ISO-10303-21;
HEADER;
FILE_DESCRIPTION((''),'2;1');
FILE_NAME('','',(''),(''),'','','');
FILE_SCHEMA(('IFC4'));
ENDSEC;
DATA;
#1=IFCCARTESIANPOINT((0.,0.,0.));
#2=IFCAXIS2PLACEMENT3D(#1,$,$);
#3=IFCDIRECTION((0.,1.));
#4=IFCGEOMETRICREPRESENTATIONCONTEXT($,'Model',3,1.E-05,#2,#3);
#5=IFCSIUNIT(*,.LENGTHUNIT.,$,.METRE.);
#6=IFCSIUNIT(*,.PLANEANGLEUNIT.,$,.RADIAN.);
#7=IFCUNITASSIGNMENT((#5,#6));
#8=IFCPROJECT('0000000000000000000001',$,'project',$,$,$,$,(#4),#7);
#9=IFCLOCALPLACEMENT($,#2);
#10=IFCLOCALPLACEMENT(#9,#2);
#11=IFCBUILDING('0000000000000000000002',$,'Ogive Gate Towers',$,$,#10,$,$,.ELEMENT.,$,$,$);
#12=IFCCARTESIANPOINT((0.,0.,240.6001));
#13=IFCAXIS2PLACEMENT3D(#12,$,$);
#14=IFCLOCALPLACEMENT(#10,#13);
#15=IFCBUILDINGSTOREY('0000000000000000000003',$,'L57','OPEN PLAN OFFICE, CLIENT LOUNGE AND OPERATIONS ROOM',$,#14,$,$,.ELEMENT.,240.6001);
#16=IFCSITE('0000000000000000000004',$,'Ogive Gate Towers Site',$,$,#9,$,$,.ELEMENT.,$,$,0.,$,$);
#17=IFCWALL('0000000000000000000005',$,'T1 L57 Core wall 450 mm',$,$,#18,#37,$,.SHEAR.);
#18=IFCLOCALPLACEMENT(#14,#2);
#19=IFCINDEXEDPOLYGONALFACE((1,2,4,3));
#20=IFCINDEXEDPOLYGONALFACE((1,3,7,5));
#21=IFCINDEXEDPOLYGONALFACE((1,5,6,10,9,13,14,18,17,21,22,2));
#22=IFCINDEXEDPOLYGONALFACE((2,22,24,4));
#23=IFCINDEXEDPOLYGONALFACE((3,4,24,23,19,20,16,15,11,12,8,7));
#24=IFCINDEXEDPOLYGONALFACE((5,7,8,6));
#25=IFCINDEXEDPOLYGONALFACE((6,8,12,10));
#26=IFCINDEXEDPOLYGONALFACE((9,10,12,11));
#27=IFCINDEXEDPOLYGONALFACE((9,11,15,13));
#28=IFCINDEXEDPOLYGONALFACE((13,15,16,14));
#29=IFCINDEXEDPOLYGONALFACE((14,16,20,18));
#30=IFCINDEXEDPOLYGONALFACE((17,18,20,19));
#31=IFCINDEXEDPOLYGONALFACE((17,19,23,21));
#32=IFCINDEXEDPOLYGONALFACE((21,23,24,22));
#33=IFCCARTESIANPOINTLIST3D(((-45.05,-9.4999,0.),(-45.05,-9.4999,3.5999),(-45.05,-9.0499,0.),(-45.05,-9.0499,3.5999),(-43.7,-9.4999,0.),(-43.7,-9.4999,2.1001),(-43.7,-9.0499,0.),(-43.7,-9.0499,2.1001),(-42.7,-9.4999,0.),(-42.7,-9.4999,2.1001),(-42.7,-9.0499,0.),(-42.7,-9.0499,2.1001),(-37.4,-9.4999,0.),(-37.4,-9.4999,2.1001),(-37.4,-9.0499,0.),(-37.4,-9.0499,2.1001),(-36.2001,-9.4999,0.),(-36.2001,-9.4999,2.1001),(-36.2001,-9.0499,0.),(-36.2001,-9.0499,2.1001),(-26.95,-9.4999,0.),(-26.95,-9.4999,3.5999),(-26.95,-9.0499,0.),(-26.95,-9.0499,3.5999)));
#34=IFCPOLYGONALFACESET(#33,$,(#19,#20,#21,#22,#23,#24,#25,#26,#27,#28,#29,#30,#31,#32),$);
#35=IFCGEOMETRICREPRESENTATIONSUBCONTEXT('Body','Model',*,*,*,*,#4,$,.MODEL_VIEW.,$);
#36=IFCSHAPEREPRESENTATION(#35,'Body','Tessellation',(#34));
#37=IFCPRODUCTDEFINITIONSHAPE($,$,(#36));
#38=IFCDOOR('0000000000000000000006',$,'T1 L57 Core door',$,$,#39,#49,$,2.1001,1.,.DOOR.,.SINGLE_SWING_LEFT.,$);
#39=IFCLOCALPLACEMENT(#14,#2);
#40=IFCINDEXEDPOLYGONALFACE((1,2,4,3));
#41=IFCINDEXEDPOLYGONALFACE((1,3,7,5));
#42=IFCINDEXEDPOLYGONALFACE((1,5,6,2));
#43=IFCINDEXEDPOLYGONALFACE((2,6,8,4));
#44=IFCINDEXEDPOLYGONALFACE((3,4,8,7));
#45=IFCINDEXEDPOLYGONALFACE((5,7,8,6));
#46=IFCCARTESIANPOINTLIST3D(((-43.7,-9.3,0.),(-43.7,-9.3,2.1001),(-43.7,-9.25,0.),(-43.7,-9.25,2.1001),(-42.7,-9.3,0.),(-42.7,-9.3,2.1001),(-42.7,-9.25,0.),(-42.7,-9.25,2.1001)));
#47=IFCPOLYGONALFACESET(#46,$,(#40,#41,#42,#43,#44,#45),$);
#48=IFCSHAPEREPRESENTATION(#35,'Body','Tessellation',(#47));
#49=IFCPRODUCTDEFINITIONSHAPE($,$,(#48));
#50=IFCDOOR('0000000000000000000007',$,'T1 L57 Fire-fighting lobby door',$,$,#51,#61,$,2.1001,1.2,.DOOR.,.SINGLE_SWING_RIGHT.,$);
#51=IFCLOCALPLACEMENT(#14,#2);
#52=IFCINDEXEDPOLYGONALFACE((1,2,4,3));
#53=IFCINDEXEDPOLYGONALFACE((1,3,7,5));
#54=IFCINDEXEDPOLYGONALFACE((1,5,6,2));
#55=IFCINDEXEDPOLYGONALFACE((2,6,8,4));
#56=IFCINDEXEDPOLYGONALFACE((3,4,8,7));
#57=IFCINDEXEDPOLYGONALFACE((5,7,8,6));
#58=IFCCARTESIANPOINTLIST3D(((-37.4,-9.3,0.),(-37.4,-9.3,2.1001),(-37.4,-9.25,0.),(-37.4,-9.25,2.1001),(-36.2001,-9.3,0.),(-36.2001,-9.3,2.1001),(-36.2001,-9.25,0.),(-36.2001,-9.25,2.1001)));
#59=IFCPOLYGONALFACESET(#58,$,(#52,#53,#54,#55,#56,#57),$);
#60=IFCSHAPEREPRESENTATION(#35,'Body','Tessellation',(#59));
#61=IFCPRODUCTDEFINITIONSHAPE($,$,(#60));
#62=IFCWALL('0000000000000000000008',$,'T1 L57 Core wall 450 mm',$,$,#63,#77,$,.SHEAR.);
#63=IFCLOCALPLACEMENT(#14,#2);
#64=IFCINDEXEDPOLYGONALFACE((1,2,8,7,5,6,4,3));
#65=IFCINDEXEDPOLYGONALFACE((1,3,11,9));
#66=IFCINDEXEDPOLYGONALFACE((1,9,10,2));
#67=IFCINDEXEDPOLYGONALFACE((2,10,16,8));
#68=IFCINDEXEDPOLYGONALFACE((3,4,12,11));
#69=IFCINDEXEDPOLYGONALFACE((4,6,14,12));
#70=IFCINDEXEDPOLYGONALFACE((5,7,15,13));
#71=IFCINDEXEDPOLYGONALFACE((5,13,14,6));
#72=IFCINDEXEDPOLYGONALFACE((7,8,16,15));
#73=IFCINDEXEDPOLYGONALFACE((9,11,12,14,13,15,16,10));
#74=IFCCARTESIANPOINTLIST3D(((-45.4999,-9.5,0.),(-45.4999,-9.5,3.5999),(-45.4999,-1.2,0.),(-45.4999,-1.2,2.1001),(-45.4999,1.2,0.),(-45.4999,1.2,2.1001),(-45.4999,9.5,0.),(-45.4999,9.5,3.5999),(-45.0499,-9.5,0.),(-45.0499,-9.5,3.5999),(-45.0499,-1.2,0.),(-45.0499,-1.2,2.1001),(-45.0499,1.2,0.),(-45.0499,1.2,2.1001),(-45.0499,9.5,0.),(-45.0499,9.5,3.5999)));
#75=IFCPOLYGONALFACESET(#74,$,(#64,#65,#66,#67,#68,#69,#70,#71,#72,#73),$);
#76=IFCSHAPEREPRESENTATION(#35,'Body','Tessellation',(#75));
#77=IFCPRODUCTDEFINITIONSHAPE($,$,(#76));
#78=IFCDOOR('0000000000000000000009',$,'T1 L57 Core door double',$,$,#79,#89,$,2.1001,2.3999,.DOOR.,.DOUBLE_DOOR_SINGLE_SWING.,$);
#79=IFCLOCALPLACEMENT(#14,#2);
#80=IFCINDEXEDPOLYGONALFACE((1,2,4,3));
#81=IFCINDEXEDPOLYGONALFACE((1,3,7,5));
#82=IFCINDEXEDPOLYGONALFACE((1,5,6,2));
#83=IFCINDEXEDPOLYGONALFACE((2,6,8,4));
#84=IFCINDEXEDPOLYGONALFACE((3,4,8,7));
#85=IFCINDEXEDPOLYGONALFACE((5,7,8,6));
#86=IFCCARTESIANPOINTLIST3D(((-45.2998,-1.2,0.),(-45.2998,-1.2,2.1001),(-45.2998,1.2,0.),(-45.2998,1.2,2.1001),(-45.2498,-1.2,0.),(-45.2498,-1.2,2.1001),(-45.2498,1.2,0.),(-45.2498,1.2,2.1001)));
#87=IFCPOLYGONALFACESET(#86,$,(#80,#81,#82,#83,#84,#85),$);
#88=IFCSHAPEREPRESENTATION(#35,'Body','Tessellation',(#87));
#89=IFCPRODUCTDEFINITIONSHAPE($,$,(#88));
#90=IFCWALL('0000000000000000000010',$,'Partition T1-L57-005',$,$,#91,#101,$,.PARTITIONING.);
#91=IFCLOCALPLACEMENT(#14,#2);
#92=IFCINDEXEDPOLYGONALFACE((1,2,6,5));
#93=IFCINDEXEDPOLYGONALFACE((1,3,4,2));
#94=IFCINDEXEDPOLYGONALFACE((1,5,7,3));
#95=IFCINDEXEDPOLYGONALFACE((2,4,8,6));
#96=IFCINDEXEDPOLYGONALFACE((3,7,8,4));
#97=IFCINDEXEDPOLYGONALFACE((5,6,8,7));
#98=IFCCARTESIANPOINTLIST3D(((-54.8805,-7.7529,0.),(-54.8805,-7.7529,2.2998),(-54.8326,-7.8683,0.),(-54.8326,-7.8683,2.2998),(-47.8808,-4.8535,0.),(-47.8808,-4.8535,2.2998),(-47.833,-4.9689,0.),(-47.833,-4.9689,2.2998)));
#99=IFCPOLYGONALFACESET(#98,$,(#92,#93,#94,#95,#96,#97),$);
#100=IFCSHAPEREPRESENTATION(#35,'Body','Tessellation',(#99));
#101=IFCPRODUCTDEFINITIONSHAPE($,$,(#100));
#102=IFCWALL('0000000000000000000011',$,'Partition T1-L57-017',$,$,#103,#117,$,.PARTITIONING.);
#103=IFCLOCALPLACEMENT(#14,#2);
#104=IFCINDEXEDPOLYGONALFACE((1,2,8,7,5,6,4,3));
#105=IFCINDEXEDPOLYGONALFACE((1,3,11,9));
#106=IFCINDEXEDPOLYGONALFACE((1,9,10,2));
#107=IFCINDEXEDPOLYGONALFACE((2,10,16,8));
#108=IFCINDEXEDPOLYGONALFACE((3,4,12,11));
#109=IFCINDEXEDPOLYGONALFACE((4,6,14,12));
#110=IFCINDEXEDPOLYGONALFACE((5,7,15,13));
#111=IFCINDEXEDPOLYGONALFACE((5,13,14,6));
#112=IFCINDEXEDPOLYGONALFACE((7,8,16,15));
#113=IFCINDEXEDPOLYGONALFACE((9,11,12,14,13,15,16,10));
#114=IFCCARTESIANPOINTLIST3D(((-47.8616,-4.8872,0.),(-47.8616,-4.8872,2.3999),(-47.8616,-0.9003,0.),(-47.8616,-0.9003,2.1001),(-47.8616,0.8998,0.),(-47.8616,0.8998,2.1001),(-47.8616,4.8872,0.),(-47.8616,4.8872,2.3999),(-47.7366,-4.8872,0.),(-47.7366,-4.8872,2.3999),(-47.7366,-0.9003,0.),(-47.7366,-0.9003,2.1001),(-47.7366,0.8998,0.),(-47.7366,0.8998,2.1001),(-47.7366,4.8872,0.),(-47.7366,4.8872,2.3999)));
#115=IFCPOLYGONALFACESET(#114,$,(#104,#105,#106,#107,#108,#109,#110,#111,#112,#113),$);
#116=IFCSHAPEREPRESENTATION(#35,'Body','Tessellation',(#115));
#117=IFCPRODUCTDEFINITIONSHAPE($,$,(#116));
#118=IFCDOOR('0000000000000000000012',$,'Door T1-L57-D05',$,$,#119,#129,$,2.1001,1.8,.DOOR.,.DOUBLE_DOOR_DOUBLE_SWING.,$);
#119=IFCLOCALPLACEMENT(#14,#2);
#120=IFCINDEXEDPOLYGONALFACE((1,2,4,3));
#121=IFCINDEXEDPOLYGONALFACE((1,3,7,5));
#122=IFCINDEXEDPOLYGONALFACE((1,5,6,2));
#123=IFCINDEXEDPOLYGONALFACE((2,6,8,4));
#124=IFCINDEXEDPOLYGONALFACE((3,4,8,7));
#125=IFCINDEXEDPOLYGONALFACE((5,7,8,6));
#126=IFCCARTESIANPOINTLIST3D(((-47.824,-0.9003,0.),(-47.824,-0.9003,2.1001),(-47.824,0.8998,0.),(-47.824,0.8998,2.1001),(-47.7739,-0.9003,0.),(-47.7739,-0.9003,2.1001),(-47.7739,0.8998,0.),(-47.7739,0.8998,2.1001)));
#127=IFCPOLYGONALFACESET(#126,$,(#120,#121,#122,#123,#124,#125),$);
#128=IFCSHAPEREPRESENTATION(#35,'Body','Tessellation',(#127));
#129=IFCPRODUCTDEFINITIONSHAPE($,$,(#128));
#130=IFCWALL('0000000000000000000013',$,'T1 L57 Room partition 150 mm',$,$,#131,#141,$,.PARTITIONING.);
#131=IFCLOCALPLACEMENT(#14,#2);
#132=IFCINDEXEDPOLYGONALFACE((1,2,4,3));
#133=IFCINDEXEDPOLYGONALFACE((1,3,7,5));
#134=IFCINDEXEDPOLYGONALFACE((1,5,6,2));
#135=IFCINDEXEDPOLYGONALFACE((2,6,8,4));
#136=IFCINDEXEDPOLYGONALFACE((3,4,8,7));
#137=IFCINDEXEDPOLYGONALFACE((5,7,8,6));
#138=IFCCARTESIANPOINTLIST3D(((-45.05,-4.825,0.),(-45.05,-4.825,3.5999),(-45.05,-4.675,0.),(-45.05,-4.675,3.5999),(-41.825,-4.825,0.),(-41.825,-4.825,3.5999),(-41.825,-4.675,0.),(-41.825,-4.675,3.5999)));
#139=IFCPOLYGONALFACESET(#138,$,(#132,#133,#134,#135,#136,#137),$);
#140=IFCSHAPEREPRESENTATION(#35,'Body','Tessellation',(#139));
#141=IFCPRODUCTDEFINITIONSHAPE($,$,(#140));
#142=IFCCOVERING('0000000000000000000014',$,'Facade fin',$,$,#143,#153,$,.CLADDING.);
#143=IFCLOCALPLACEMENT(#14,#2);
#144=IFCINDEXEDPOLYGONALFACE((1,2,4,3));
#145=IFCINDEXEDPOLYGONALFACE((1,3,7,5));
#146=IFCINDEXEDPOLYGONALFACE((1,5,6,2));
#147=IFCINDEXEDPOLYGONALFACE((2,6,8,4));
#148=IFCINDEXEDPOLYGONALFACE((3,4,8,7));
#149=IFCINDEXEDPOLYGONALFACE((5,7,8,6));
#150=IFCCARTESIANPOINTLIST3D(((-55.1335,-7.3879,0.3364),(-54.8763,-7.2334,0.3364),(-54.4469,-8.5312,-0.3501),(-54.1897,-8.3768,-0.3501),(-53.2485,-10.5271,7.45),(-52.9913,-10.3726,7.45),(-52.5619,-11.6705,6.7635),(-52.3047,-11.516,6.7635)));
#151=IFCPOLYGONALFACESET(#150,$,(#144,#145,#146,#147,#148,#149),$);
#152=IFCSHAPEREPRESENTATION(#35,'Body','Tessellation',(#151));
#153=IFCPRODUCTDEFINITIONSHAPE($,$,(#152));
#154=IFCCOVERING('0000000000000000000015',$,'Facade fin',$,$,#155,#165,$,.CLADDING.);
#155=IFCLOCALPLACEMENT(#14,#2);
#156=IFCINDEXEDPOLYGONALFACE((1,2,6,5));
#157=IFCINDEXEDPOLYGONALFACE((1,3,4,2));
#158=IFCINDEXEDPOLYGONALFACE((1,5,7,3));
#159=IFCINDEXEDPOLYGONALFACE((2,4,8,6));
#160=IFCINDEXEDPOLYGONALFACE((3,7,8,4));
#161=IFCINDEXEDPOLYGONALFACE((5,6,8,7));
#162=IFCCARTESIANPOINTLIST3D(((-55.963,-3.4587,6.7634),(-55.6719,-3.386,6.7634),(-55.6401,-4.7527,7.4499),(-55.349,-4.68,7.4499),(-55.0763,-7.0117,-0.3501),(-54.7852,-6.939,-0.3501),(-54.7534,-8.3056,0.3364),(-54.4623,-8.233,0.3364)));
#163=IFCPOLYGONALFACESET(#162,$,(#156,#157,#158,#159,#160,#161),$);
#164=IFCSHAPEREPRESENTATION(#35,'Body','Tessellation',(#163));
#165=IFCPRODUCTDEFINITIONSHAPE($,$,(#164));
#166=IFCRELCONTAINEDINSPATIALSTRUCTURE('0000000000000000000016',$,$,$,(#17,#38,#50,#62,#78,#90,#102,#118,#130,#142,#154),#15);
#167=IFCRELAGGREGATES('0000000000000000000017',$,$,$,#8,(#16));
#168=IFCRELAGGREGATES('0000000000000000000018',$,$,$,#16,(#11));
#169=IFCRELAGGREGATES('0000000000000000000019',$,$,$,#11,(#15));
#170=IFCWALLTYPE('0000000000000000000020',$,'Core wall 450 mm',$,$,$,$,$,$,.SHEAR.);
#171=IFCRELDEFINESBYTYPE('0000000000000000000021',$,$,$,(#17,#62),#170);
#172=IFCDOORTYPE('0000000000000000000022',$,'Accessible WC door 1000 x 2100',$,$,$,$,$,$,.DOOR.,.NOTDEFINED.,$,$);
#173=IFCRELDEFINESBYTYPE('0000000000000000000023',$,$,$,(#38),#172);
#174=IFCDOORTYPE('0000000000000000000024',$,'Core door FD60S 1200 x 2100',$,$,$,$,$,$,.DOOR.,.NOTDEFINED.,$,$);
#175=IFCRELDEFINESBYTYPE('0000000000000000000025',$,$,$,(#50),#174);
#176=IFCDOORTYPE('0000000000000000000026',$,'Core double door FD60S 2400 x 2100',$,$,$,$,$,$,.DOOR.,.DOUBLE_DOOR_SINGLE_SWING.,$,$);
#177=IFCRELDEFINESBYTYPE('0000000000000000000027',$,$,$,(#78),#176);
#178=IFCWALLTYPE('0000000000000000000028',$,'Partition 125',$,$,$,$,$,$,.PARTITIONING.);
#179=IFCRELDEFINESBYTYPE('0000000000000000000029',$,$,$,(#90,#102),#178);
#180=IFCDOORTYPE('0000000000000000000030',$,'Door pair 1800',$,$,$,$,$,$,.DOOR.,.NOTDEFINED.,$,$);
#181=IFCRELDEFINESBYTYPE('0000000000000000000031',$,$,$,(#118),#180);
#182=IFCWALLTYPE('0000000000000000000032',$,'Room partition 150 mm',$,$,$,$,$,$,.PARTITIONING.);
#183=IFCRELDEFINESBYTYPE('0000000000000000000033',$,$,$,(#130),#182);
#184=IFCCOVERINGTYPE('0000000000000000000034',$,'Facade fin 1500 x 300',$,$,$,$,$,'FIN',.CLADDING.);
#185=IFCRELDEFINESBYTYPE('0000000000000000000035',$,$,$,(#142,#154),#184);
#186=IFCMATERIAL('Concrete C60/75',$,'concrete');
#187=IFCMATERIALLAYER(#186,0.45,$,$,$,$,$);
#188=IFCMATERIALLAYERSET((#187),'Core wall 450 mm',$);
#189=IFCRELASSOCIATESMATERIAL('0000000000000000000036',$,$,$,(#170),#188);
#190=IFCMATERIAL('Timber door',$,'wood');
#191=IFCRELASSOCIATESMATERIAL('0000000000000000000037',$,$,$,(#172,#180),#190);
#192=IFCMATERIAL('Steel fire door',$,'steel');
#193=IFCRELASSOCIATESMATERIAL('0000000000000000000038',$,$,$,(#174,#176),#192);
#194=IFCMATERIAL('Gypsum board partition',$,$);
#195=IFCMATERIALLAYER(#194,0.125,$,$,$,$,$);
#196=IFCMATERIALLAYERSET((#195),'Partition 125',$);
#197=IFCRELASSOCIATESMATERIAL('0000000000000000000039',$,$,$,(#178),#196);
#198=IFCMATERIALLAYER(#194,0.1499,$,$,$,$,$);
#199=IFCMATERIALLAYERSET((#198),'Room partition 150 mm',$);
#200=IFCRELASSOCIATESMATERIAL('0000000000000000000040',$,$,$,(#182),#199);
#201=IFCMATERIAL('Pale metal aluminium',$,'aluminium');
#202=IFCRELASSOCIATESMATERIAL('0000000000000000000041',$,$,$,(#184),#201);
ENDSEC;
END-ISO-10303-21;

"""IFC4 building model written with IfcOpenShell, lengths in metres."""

from ifc_helpers import new_model, si_unit, direction, frame, frame_2d, origin, origin_2d, place, context, subcontext, project, spatial, rectangle, extrude, material, layer, layer_set, material_profile, profile_set, type_object, element, fill, save


model = new_model("IFC4")

# Units and contexts
model_context = context("Model", 3, precision=1e-05, world=origin(), true_north=direction((0.0, 1.0)))
body_context = subcontext(model_context, "Body", "Model", "MODEL_VIEW")
ifc_project = project(units=[si_unit("LENGTHUNIT", "METRE"), si_unit("PLANEANGLEUNIT", "RADIAN")], contexts=[model_context])

# Site, building, storey
site_placement = place(None, origin())
site = spatial("IfcSite", under=ifc_project, at=site_placement, Name="Ogive Gate Towers Site", CompositionType="ELEMENT", RefElevation=0.0)
building_placement = place(site_placement, origin())
building = spatial("IfcBuilding", under=site, at=building_placement, Name="Ogive Gate Towers", CompositionType="ELEMENT")
storey_placement = place(building_placement, frame((0.0, 0.0, 240.6001)))
storey = spatial("IfcBuildingStorey", under=building, at=storey_placement, Name="L57", Description="OPEN PLAN OFFICE, CLIENT LOUNGE AND OPERATIONS ROOM", CompositionType="ELEMENT", Elevation=240.6001)

# Shared definitions
ifc_material_1 = material(Name="Pale metal aluminium", Category="aluminium")

# Wall, openings, doors
ifc_material_2 = material(Name="Concrete C60/75", Category="concrete")
ifc_layer_1 = layer(ifc_material_2, 0.45)
ifc_layer_set_1 = layer_set([ifc_layer_1], Name="Core wall 450 mm")
wall_type_1 = type_object("IfcWallType", Name="Core wall 450 mm", PredefinedType="SHEAR", material=ifc_layer_set_1)
wall_1_placement = place(storey_placement, frame((-45.05, -9.2749, 0.0), z_axis=(0.0, 0.0, 1.0), x_axis=(1.0, 0.0, 0.0)))
wall_1 = element("IfcWall", 1, at=wall_1_placement, inside=storey, type_object=wall_type_1, Name="T1 L57 Core wall 450 mm", PredefinedType="SHEAR", context=body_context, shape_type="SweptSolid", body=[
    extrude(rectangle(XDim=18.1001, YDim=0.45, at=frame_2d((9.05, 0.0))), origin(), (0.0, 0.0, 1.0), 3.5999),
])
opening_1_placement = place(wall_1_placement, frame((7.6499, 0.0, 0.0)))
opening_1 = element("IfcOpeningElement", 2, at=opening_1_placement, cuts=wall_1, PredefinedType="OPENING", context=body_context, shape_type="SweptSolid", body=[
    extrude(rectangle(XDim=1.2, YDim=2.1001, at=frame_2d((0.6001, 1.05))), frame((0.0, 0.2349, 0.0), z_axis=(0.0, -1.0, 0.0), x_axis=(1.0, 0.0, 0.0)), (0.0, 0.0, 1.0), 0.47),
])
opening_2_placement = place(wall_1_placement, frame((1.3501, 0.0, 0.0)))
opening_2 = element("IfcOpeningElement", 3, at=opening_2_placement, cuts=wall_1, PredefinedType="OPENING", context=body_context, shape_type="SweptSolid", body=[
    extrude(rectangle(XDim=1.0, YDim=2.1001, at=frame_2d((0.5, 1.05))), frame((0.0, 0.2349, 0.0), z_axis=(0.0, -1.0, 0.0), x_axis=(1.0, 0.0, 0.0)), (0.0, 0.0, 1.0), 0.47),
])
ifc_material_3 = material(Name="Timber door", Category="wood")
door_type_1 = type_object("IfcDoorType", Name="Accessible WC door 1000 x 2100", OperationType="NOTDEFINED", PredefinedType="DOOR", material=ifc_material_3)
door_1_placement = place(opening_2_placement, origin())
door_1 = element("IfcDoor", 4, at=door_1_placement, inside=storey, type_object=door_type_1, Name="T1 L57 Core door", OperationType="SINGLE_SWING_LEFT", OverallHeight=2.1001, OverallWidth=1.0, PredefinedType="DOOR", context=body_context, shape_type="SweptSolid", body=[
    extrude(rectangle(XDim=1.0, YDim=2.1001, at=frame_2d((0.5, 1.05))), frame((0.0, 0.0249, 0.0), z_axis=(0.0, -1.0, 0.0), x_axis=(1.0, 0.0, 0.0)), (0.0, 0.0, 1.0), 0.05),
])
fill(opening_2, door_1)
ifc_material_4 = material(Name="Steel fire door", Category="steel")
door_type_2 = type_object("IfcDoorType", Name="Core door FD60S 1200 x 2100", OperationType="NOTDEFINED", PredefinedType="DOOR", material=ifc_material_4)
door_2_placement = place(opening_1_placement, origin())
door_2 = element("IfcDoor", 5, at=door_2_placement, inside=storey, type_object=door_type_2, Name="T1 L57 Fire-fighting lobby door", OperationType="SINGLE_SWING_RIGHT", OverallHeight=2.1001, OverallWidth=1.2, PredefinedType="DOOR", context=body_context, shape_type="SweptSolid", body=[
    extrude(rectangle(XDim=1.2, YDim=2.1001, at=frame_2d((0.6001, 1.05))), frame((0.0, 0.0249, 0.0), z_axis=(0.0, -1.0, 0.0), x_axis=(1.0, 0.0, 0.0)), (0.0, 0.0, 1.0), 0.05),
])
fill(opening_1, door_2)

# Wall, opening, door
wall_2_placement = place(storey_placement, frame((-45.2749, -9.5, 0.0), z_axis=(0.0, 0.0, 1.0), x_axis=(0.0, 1.0, 0.0)))
wall_2 = element("IfcWall", 6, at=wall_2_placement, inside=storey, type_object=wall_type_1, Name="T1 L57 Core wall 450 mm", PredefinedType="SHEAR", context=body_context, shape_type="SweptSolid", body=[
    extrude(rectangle(XDim=19.0, YDim=0.45, at=frame_2d((9.5, 0.0))), origin(), (0.0, 0.0, 1.0), 3.5999),
])
opening_3_placement = place(wall_2_placement, frame((8.3, 0.0, 0.0)))
opening_3 = element("IfcOpeningElement", 7, at=opening_3_placement, cuts=wall_2, PredefinedType="OPENING", context=body_context, shape_type="SweptSolid", body=[
    extrude(rectangle(XDim=2.3999, YDim=2.1001, at=frame_2d((1.2, 1.05))), frame((0.0, 0.2349, 0.0), z_axis=(0.0, -1.0, 0.0), x_axis=(1.0, 0.0, 0.0)), (0.0, 0.0, 1.0), 0.47),
])
door_type_3 = type_object("IfcDoorType", Name="Core double door FD60S 2400 x 2100", OperationType="DOUBLE_DOOR_SINGLE_SWING", PredefinedType="DOOR", material=ifc_material_4)
door_3_placement = place(opening_3_placement, origin())
door_3 = element("IfcDoor", 8, at=door_3_placement, inside=storey, type_object=door_type_3, Name="T1 L57 Core door double", OperationType="DOUBLE_DOOR_SINGLE_SWING", OverallHeight=2.1001, OverallWidth=2.3999, PredefinedType="DOOR", context=body_context, shape_type="SweptSolid", body=[
    extrude(rectangle(XDim=2.3999, YDim=2.1001, at=frame_2d((1.2, 1.05))), frame((0.0, 0.0249, 0.0), z_axis=(0.0, -1.0, 0.0), x_axis=(1.0, 0.0, 0.0)), (0.0, 0.0, 1.0), 0.05),
])
fill(opening_3, door_3)

# Wall
ifc_material_5 = material(Name="Gypsum board partition")
ifc_layer_2 = layer(ifc_material_5, 0.125)
ifc_layer_set_2 = layer_set([ifc_layer_2], Name="Partition 125")
wall_type_2 = type_object("IfcWallType", Name="Partition 125", PredefinedType="PARTITIONING", material=ifc_layer_set_2)
wall_3_placement = place(storey_placement, frame((-54.8564, -7.8105, 0.0), z_axis=(0.0, 0.0, 1.0), x_axis=(0.923879, 0.382686, 0.0)))
element("IfcWall", 9, at=wall_3_placement, inside=storey, type_object=wall_type_2, Name="Partition T1-L57-005", PredefinedType="PARTITIONING", context=body_context, shape_type="SweptSolid", body=[
    extrude(rectangle(XDim=7.5764, YDim=0.125, at=frame_2d((3.7881, 0.0))), origin(), (0.0, 0.0, 1.0), 2.2998),
])

# Wall, opening, door
wall_4_placement = place(storey_placement, frame((-47.7991, -4.8872, 0.0), z_axis=(0.0, 0.0, 1.0), x_axis=(0.0, 1.0, 0.0)))
wall_4 = element("IfcWall", 10, at=wall_4_placement, inside=storey, type_object=wall_type_2, Name="Partition T1-L57-017", PredefinedType="PARTITIONING", context=body_context, shape_type="SweptSolid", body=[
    extrude(rectangle(XDim=9.7744, YDim=0.125, at=frame_2d((4.8872, 0.0))), origin(), (0.0, 0.0, 1.0), 2.3999),
])
opening_4_placement = place(wall_4_placement, frame((3.9871, 0.0, 0.0)))
opening_4 = element("IfcOpeningElement", 11, at=opening_4_placement, cuts=wall_4, PredefinedType="OPENING", context=body_context, shape_type="SweptSolid", body=[
    extrude(rectangle(XDim=1.8, YDim=2.1001, at=frame_2d((0.8999, 1.05))), frame((0.0, 0.0725, 0.0), z_axis=(0.0, -1.0, 0.0), x_axis=(1.0, 0.0, 0.0)), (0.0, 0.0, 1.0), 0.145),
])
door_type_4 = type_object("IfcDoorType", Name="Door pair 1800", OperationType="NOTDEFINED", PredefinedType="DOOR", material=ifc_material_3)
door_4_placement = place(opening_4_placement, origin())
door_4 = element("IfcDoor", 12, at=door_4_placement, inside=storey, type_object=door_type_4, Name="Door T1-L57-D05", OperationType="DOUBLE_DOOR_DOUBLE_SWING", OverallHeight=2.1001, OverallWidth=1.8, PredefinedType="DOOR", context=body_context, shape_type="SweptSolid", body=[
    extrude(rectangle(XDim=1.8, YDim=2.1001, at=frame_2d((0.8999, 1.05))), frame((0.0, 0.0249, 0.0), z_axis=(0.0, -1.0, 0.0), x_axis=(1.0, 0.0, 0.0)), (0.0, 0.0, 1.0), 0.05),
])
fill(opening_4, door_4)

# Wall
ifc_layer_3 = layer(ifc_material_5, 0.1499)
ifc_layer_set_3 = layer_set([ifc_layer_3], Name="Room partition 150 mm")
wall_type_3 = type_object("IfcWallType", Name="Room partition 150 mm", PredefinedType="PARTITIONING", material=ifc_layer_set_3)
wall_5_placement = place(storey_placement, frame((-45.05, -4.75, 0.0), z_axis=(0.0, 0.0, 1.0), x_axis=(1.0, 0.0, 0.0)))
element("IfcWall", 13, at=wall_5_placement, inside=storey, type_object=wall_type_3, Name="T1 L57 Room partition 150 mm", PredefinedType="PARTITIONING", context=body_context, shape_type="SweptSolid", body=[
    extrude(rectangle(XDim=3.2251, YDim=0.1499, at=frame_2d((1.6125, 0.0))), origin(), (0.0, 0.0, 1.0), 3.5999),
])

# Coverings
ifc_material_profile_1 = material_profile(ifc_material_1, rectangle(XDim=0.3, YDim=1.5, at=origin_2d()), Name="1500 x 300 pale metal aluminium")
ifc_profile_set_1 = profile_set([ifc_material_profile_1], Name="Pale metal aluminium")
covering_type = type_object("IfcCoveringType", Name="Facade fin 1500 x 300", ElementType="FIN", PredefinedType="CLADDING", material=ifc_profile_set_1)
for number, where, z_axis, x_axis, name in (
    (14, (-54.6616, -7.8823, -0.0068), (0.235608, -0.392365, 0.889122), (0.85731, 0.5148, 0.0), "Facade fin"),
    (15, (-54.7693, -7.6223, -0.0068), (-0.110829, 0.44408, 0.889106), (-0.97024, -0.242143, 0.0), "Facade fin"),
):
    element("IfcCovering", number, at=place(storey_placement, frame(where, z_axis=z_axis, x_axis=x_axis)), inside=storey, type_object=covering_type, Name=name, PredefinedType="CLADDING", context=body_context, shape_type="SweptSolid", body=[
        extrude(rectangle(XDim=0.3, YDim=1.5, at=origin_2d()), origin(), (0.0, 0.0, 1.0), 8.0007),
    ])

save(model, "model.ifc")
